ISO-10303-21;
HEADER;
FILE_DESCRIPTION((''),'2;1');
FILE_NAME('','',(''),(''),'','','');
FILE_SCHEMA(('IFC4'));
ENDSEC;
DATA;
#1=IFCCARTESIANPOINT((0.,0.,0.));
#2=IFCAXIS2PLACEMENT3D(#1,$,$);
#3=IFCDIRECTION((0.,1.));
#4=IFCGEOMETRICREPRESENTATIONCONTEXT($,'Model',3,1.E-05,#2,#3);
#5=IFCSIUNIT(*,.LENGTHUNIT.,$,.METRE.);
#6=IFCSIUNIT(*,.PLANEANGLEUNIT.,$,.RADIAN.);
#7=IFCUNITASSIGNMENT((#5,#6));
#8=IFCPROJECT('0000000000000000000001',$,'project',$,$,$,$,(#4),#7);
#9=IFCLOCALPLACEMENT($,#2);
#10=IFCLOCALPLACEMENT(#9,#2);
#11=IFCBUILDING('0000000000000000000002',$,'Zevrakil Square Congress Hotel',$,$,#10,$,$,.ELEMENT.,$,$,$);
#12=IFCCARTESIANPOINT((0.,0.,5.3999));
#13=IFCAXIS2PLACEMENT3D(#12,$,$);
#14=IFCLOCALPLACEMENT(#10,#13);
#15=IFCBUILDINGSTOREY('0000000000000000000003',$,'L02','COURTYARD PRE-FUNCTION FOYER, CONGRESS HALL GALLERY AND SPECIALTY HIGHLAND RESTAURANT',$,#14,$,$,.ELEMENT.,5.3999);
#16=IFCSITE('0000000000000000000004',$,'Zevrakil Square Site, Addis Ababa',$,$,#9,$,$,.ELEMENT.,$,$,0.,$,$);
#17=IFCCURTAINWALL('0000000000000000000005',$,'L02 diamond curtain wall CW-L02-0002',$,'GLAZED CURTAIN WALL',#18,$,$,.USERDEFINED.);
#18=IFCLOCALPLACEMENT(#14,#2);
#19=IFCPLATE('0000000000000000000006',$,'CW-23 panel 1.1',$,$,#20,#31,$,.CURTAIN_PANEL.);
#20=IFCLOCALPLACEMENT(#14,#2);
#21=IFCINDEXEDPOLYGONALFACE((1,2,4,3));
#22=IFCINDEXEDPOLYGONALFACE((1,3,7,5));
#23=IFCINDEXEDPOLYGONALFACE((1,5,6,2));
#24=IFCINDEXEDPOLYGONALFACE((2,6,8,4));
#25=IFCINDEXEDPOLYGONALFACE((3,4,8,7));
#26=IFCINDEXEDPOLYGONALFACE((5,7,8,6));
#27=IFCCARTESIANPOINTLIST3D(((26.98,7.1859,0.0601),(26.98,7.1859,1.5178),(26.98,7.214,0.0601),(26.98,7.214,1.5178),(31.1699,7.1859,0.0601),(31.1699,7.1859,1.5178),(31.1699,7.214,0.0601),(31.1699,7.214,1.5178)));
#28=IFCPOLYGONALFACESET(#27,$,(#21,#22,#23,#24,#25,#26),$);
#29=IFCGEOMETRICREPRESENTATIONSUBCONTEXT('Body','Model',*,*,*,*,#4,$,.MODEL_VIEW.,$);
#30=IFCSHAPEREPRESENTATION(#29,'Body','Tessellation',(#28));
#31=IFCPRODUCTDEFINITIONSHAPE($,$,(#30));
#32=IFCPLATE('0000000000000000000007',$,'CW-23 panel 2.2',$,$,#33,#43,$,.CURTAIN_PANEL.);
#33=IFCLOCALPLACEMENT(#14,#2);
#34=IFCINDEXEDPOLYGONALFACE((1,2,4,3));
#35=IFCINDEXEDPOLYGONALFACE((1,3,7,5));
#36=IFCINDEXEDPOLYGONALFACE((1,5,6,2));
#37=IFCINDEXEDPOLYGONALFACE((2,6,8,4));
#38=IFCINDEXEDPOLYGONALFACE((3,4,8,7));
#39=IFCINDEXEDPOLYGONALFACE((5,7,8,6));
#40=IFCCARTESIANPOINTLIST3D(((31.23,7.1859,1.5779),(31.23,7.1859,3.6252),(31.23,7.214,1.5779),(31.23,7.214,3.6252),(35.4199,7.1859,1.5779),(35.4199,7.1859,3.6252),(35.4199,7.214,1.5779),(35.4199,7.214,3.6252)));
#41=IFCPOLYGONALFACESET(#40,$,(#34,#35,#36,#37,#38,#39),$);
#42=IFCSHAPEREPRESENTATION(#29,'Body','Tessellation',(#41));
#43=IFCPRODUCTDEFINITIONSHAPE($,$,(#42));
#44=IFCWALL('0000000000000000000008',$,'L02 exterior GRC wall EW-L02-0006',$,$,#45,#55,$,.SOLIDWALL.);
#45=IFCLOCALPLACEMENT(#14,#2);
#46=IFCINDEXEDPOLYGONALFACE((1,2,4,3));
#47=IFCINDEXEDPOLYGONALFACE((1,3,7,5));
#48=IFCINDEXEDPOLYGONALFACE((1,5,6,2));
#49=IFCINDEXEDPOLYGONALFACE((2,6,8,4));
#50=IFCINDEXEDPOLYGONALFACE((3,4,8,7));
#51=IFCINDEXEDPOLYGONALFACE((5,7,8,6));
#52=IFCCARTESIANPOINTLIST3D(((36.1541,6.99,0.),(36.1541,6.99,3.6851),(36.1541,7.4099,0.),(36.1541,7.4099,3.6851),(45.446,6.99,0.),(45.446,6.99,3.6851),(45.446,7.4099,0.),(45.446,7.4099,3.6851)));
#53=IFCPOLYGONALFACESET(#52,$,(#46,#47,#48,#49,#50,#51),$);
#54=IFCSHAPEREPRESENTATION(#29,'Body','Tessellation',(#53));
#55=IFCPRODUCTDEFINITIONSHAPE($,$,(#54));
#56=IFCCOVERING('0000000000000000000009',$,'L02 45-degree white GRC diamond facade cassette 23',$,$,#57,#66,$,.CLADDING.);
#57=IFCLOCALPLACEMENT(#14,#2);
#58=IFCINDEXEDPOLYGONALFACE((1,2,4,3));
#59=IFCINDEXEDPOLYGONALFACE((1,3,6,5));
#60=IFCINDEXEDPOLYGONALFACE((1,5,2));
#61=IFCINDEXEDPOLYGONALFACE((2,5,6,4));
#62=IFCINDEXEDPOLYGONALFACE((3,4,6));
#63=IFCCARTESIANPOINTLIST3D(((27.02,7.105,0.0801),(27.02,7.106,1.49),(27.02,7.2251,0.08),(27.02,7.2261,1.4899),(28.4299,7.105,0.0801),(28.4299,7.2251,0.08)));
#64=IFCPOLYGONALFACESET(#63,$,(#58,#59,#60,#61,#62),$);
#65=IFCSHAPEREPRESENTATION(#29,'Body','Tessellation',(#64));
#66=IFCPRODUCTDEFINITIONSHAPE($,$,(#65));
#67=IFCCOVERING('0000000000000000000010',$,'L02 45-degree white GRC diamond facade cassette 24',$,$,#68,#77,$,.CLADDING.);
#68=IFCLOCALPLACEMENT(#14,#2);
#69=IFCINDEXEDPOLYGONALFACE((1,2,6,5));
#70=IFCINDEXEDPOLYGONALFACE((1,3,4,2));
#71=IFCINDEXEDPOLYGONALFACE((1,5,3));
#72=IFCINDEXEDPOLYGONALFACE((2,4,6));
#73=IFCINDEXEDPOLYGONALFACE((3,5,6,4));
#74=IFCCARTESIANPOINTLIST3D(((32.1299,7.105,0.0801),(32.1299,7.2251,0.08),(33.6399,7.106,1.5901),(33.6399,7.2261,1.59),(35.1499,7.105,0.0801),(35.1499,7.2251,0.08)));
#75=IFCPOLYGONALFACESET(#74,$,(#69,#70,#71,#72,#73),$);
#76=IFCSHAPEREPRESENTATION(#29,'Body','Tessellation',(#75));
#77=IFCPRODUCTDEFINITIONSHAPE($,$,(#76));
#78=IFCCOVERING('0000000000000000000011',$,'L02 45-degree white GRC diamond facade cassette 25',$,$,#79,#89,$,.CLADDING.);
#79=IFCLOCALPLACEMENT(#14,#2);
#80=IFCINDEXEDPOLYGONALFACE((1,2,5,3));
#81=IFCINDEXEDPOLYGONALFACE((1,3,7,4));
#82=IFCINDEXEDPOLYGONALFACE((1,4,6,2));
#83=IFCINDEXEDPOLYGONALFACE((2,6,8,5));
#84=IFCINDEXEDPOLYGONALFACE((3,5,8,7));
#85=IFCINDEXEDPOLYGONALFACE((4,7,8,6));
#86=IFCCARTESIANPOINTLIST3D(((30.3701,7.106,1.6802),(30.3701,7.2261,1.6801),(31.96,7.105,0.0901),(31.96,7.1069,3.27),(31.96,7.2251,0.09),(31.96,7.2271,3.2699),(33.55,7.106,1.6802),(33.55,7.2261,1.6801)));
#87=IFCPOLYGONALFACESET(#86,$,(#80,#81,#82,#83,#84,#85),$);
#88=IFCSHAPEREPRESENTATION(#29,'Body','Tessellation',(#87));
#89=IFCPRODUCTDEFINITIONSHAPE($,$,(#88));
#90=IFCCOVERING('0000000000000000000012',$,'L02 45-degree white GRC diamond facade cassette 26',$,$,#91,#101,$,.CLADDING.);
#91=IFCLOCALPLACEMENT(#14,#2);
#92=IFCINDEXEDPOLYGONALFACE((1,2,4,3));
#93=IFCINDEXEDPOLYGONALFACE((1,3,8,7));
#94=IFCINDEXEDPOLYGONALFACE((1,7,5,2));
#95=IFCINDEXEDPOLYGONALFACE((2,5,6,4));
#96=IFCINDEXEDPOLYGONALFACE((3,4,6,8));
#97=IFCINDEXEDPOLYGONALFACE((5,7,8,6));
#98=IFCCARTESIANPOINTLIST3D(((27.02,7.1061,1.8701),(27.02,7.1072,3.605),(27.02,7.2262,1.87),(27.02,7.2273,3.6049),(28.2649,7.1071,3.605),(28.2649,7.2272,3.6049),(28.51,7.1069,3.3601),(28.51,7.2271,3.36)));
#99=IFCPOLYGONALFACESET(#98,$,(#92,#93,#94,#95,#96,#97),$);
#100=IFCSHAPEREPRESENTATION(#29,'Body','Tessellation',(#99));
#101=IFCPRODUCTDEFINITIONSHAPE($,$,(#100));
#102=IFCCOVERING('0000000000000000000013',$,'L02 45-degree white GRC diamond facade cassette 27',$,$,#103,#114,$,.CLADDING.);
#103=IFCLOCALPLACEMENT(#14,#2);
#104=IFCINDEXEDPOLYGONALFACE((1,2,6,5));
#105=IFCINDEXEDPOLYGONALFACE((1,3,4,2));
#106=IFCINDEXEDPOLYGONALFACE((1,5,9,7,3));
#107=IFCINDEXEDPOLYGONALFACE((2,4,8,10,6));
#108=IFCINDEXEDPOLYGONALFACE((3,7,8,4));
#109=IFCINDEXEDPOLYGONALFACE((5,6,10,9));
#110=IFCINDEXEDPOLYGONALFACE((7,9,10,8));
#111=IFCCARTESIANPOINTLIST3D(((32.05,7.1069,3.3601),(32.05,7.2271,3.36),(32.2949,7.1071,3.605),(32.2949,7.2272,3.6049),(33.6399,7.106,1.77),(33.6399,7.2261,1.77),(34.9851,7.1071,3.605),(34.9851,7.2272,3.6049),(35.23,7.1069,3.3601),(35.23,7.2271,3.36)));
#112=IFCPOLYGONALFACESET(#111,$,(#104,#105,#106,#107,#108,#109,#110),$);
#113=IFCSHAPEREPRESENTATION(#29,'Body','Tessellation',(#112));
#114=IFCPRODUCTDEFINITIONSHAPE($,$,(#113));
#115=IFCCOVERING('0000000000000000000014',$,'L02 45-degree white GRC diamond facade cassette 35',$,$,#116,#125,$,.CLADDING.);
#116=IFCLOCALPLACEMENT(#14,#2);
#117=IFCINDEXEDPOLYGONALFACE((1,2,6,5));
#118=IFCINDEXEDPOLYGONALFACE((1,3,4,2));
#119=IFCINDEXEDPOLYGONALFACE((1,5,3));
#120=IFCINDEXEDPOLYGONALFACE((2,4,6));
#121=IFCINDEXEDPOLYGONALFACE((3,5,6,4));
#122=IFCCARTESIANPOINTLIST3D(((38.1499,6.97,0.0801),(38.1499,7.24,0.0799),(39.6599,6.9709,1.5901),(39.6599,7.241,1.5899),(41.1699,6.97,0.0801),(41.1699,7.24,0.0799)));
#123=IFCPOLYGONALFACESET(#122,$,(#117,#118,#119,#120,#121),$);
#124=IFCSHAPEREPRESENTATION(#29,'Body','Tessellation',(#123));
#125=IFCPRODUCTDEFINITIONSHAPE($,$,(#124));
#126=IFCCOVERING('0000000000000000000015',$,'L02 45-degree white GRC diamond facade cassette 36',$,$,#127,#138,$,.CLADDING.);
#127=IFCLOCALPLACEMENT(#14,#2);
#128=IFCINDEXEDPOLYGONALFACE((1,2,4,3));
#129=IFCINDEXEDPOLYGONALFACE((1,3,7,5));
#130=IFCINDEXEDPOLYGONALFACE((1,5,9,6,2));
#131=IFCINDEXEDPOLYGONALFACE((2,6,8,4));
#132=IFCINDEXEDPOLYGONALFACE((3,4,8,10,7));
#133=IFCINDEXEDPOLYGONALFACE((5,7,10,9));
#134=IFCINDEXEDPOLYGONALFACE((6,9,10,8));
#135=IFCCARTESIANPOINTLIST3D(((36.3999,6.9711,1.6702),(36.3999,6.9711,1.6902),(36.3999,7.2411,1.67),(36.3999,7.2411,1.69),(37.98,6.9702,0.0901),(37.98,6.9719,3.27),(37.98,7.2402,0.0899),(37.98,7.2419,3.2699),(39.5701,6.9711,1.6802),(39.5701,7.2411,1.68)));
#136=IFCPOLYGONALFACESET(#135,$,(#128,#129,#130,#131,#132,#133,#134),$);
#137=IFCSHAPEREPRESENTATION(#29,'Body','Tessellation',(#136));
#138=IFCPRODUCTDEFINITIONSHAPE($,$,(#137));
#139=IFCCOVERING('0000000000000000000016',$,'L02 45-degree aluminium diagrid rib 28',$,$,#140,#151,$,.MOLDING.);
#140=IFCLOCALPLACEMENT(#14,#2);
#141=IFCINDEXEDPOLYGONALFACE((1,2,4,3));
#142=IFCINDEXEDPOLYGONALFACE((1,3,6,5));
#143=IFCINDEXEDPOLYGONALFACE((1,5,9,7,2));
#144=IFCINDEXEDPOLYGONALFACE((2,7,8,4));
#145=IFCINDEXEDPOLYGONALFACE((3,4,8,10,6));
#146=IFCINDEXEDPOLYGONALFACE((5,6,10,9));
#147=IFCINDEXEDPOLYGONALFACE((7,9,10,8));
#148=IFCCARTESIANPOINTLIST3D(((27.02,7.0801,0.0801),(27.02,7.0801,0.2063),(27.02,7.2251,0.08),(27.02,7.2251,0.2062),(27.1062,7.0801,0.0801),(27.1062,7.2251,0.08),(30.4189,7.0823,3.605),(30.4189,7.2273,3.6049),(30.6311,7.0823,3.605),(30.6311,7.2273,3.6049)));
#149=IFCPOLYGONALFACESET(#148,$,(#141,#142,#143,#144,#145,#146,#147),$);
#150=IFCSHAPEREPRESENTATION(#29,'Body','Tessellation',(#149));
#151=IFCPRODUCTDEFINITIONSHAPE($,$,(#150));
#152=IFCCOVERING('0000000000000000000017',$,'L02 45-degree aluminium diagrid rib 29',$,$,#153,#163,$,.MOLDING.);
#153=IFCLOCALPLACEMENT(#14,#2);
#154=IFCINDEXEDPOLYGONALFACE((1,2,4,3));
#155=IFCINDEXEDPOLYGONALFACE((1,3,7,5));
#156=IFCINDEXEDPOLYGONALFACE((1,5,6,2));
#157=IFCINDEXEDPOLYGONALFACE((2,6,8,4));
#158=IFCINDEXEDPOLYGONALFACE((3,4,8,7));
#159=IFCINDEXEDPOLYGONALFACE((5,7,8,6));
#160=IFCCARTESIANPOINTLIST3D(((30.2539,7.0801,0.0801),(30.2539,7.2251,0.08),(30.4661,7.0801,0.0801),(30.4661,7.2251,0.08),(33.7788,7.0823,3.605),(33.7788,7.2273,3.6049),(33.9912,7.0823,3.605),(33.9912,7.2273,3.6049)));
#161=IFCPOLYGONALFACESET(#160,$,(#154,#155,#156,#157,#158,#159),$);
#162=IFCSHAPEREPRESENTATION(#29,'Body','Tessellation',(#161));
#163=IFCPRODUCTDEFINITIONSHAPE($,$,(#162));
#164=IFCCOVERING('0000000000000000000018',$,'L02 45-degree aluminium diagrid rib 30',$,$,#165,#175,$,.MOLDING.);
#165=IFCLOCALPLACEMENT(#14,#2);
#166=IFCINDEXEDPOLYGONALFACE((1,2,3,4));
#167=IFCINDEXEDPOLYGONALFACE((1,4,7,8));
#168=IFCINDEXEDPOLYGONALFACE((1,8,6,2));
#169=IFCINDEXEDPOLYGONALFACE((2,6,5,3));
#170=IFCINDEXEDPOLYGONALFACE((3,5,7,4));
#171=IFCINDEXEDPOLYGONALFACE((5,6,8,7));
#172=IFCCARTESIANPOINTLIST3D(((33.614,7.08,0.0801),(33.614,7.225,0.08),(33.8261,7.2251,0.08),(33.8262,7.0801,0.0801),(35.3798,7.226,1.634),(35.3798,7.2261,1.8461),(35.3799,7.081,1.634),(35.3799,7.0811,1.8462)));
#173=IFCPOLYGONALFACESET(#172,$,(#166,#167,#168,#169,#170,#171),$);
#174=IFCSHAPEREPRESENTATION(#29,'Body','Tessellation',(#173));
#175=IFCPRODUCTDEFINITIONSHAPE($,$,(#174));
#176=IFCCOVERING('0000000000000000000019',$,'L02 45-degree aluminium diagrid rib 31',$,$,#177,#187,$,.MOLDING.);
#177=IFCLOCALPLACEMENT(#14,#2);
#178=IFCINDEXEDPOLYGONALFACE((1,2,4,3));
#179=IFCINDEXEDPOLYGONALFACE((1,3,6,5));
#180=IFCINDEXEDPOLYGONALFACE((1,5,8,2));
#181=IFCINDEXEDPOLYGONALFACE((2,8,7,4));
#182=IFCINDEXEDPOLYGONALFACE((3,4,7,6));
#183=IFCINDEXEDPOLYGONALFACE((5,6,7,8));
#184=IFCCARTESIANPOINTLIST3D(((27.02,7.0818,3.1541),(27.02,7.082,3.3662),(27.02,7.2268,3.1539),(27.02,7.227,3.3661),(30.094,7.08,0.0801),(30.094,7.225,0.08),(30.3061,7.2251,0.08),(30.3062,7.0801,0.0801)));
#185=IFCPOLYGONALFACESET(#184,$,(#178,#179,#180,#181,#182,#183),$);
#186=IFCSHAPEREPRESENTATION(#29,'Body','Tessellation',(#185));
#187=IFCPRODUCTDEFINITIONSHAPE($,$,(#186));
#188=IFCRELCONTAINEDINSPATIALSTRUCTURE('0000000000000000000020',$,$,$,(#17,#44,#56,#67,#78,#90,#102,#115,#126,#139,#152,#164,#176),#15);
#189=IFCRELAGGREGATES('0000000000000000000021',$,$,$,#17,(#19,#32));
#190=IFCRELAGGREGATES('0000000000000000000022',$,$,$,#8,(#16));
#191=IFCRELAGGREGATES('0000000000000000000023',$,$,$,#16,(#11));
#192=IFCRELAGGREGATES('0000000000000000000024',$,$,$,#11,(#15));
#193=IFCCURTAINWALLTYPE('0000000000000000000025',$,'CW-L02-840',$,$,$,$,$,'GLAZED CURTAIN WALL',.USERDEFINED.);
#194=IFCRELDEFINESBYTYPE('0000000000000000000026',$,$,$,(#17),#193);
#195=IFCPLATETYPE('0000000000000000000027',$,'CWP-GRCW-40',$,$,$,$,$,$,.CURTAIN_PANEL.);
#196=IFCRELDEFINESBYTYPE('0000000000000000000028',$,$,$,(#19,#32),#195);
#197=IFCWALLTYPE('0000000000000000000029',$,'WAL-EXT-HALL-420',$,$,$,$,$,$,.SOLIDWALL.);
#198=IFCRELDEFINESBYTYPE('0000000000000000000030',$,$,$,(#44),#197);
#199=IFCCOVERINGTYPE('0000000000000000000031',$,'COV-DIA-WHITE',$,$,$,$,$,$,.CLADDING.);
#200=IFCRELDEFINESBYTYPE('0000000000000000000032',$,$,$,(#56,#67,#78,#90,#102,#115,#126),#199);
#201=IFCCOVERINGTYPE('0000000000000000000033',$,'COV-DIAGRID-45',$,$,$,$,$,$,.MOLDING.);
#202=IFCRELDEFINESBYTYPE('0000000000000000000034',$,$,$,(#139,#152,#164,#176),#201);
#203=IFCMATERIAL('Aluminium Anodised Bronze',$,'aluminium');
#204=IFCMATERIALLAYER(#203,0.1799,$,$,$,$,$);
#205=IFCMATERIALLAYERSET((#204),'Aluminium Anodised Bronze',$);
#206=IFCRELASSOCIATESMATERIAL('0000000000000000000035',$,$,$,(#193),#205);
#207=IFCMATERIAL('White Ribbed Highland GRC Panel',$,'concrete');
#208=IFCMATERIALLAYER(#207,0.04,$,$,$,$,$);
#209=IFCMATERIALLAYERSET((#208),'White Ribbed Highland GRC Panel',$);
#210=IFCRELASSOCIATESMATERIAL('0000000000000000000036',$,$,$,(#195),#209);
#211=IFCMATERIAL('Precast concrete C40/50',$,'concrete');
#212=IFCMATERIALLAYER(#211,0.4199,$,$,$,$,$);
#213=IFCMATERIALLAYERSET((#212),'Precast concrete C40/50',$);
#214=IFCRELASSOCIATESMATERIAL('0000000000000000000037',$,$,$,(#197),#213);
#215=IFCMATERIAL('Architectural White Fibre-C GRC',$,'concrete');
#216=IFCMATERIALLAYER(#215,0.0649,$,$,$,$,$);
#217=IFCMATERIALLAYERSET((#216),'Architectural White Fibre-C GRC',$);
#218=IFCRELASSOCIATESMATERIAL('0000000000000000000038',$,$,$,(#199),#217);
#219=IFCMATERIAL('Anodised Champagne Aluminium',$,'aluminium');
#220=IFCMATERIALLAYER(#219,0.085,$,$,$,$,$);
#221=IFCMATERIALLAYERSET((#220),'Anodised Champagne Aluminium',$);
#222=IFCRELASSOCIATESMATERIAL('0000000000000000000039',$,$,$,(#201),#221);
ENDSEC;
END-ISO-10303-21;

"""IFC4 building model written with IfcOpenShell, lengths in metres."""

from ifc_helpers import new_model, si_unit, direction, frame, frame_2d, origin, origin_2d, place, context, subcontext, project, spatial, polyline, rectangle, outline, extrude, material, layer, layer_set, type_object, element, aggregate, save


model = new_model("IFC4")

# Units and contexts
model_context = context("Model", 3, precision=1e-05, world=origin(), true_north=direction((0.0, 1.0)))
body_context = subcontext(model_context, "Body", "Model", "MODEL_VIEW")
ifc_project = project(units=[si_unit("LENGTHUNIT", "METRE"), si_unit("PLANEANGLEUNIT", "RADIAN")], contexts=[model_context])

# Site, building, storey
site_placement = place(None, origin())
site = spatial("IfcSite", under=ifc_project, at=site_placement, Name="Zevrakil Square Site, Addis Ababa", CompositionType="ELEMENT", RefElevation=0.0)
building_placement = place(site_placement, origin())
building = spatial("IfcBuilding", under=site, at=building_placement, Name="Zevrakil Square Congress Hotel", CompositionType="ELEMENT")
storey_placement = place(building_placement, frame((0.0, 0.0, 5.3999)))
storey = spatial("IfcBuildingStorey", under=building, at=storey_placement, Name="L02", Description="COURTYARD PRE-FUNCTION FOYER, CONGRESS HALL GALLERY AND SPECIALTY HIGHLAND RESTAURANT", CompositionType="ELEMENT", Elevation=5.3999)

# Curtain wall
ifc_material_1 = material(Name="Aluminium Anodised Bronze", Category="aluminium")
ifc_layer_1 = layer(ifc_material_1, 0.1799)
ifc_layer_set_1 = layer_set([ifc_layer_1], Name="Aluminium Anodised Bronze")
curtain_wall_type = type_object("IfcCurtainWallType", Name="CW-L02-840", ElementType="GLAZED CURTAIN WALL", PredefinedType="USERDEFINED", material=ifc_layer_set_1)
curtain_wall_placement = place(storey_placement, origin())
curtain_wall = element("IfcCurtainWall", 1, at=curtain_wall_placement, inside=storey, type_object=curtain_wall_type, Name="L02 diamond curtain wall CW-L02-0002", ObjectType="GLAZED CURTAIN WALL", PredefinedType="USERDEFINED")

# Plates
ifc_material_2 = material(Name="White Ribbed Highland GRC Panel", Category="concrete")
ifc_layer_2 = layer(ifc_material_2, 0.04)
ifc_layer_set_2 = layer_set([ifc_layer_2], Name="White Ribbed Highland GRC Panel")
plate_type_1 = type_object("IfcPlateType", Name="CWP-GRCW-40", PredefinedType="CURTAIN_PANEL", material=ifc_layer_set_2)
plate_1_placement = place(storey_placement, frame((29.075, 7.2, 0.0601), z_axis=(0.0, 0.0, 1.0), x_axis=(1.0, 0.0, 0.0)))
plate_1 = element("IfcPlate", 2, at=plate_1_placement, type_object=plate_type_1, Name="CW-23 panel 1.1", PredefinedType="CURTAIN_PANEL", context=body_context, shape_type="SweptSolid", body=[
    extrude(rectangle(XDim=4.1899, YDim=0.0281, at=origin_2d()), origin(), (0.0, 0.0, 1.0), 1.4578),
])
plate_2_placement = place(storey_placement, frame((33.325, 7.2, 1.5779), z_axis=(0.0, 0.0, 1.0), x_axis=(1.0, 0.0, 0.0)))
plate_2 = element("IfcPlate", 3, at=plate_2_placement, type_object=plate_type_1, Name="CW-23 panel 2.2", PredefinedType="CURTAIN_PANEL", context=body_context, shape_type="SweptSolid", body=[
    extrude(rectangle(XDim=4.1899, YDim=0.0281, at=origin_2d()), origin(), (0.0, 0.0, 1.0), 2.0474),
])
aggregate(curtain_wall, [plate_1, plate_2])

# Wall
ifc_material_3 = material(Name="Precast concrete C40/50", Category="concrete")
ifc_layer_3 = layer(ifc_material_3, 0.4199)
ifc_layer_set_3 = layer_set([ifc_layer_3], Name="Precast concrete C40/50")
wall_type = type_object("IfcWallType", Name="WAL-EXT-HALL-420", PredefinedType="SOLIDWALL", material=ifc_layer_set_3)
wall_placement = place(storey_placement, frame((36.1541, 7.2, 0.0), z_axis=(0.0, 0.0, 1.0), x_axis=(1.0, 0.0, 0.0)))
element("IfcWall", 4, at=wall_placement, inside=storey, type_object=wall_type, Name="L02 exterior GRC wall EW-L02-0006", PredefinedType="SOLIDWALL", context=body_context, shape_type="SweptSolid", body=[
    extrude(rectangle(XDim=9.292, YDim=0.4199, at=frame_2d((4.646, 0.0))), origin(), (0.0, 0.0, 1.0), 3.6851),
])

# Coverings
ifc_material_4 = material(Name="Architectural White Fibre-C GRC", Category="concrete")
ifc_layer_4 = layer(ifc_material_4, 0.0649)
ifc_layer_set_4 = layer_set([ifc_layer_4], Name="Architectural White Fibre-C GRC")
covering_type_1 = type_object("IfcCoveringType", Name="COV-DIA-WHITE", PredefinedType="CLADDING", material=ifc_layer_set_4)
covering_1_placement = place(storey_placement, frame((28.4299, 7.105, 0.0801), z_axis=(0.0, -1.0, 0.000693), x_axis=(-1.0, 0.0, 0.0)))
element("IfcCovering", 5, at=covering_1_placement, inside=storey, type_object=covering_type_1, Name="L02 45-degree white GRC diamond facade cassette 23", PredefinedType="CLADDING", context=body_context, shape_type="SweptSolid", body=[
    extrude(outline(polyline([(0.0, 0.0), (1.4099, 0.0), (1.4099, -1.4099), (0.0, 0.0)])), origin(), (0.0, 0.0, -1.0), 0.1201),
])
covering_2_placement = place(storey_placement, frame((33.6399, 7.106, 1.5901), z_axis=(0.0, -1.0, 0.000647), x_axis=(0.707107, -0.000457, -0.707107)))
element("IfcCovering", 6, at=covering_2_placement, inside=storey, type_object=covering_type_1, Name="L02 45-degree white GRC diamond facade cassette 24", PredefinedType="CLADDING", context=body_context, shape_type="SweptSolid", body=[
    extrude(outline(polyline([(0.0, 0.0), (2.1355, 0.0), (0.0, -2.1355), (0.0, 0.0)])), origin(), (0.0, 0.0, -1.0), 0.1201),
])
covering_3_placement = place(storey_placement, frame((31.96, 7.1069, 3.27), z_axis=(0.0, -1.0, 0.000614), x_axis=(0.707161, -0.000434, -0.707052)))
element("IfcCovering", 7, at=covering_3_placement, inside=storey, type_object=covering_type_1, Name="L02 45-degree white GRC diamond facade cassette 25", PredefinedType="CLADDING", context=body_context, shape_type="SweptSolid", body=[
    extrude(outline(polyline([(0.0, 0.0), (2.2486, 0.0), (2.2484, -2.2487), (-0.0002, -2.2484), (0.0, 0.0)])), origin(), (0.0, 0.0, -1.0), 0.1201),
])
covering_4_placement = place(storey_placement, frame((28.51, 7.1069, 3.3601), z_axis=(-0.000064, -1.0, 0.000609), x_axis=(-0.707107, -0.000385, -0.707107)))
element("IfcCovering", 8, at=covering_4_placement, inside=storey, type_object=covering_type_1, Name="L02 45-degree white GRC diamond facade cassette 26", PredefinedType="CLADDING", context=body_context, shape_type="SweptSolid", body=[
    extrude(outline(polyline([(0.0, 0.0), (2.1072, 0.0), (0.8804, -1.2267), (0.0002, -0.3465), (0.0, 0.0)])), origin(), (0.0, 0.0, -1.0), 0.1201),
])
covering_5_placement = place(storey_placement, frame((35.23, 7.1069, 3.3601), z_axis=(0.0, -1.0, 0.000579), x_axis=(-0.707107, -0.00041, -0.707107)))
element("IfcCovering", 9, at=covering_5_placement, inside=storey, type_object=covering_type_1, Name="L02 45-degree white GRC diamond facade cassette 27", PredefinedType="CLADDING", context=body_context, shape_type="SweptSolid", body=[
    extrude(outline(polyline([(0.0, 0.0), (2.2487, 0.0), (2.2486, -2.2486), (1.9022, -2.2486), (0.0, -0.3463), (0.0, 0.0)])), origin(), (0.0, 0.0, -1.0), 0.1201),
])
covering_6_placement = place(storey_placement, frame((39.6599, 6.9709, 1.5901), z_axis=(0.0, -1.0, 0.000647), x_axis=(0.707107, -0.000457, -0.707107)))
element("IfcCovering", 10, at=covering_6_placement, inside=storey, type_object=covering_type_1, Name="L02 45-degree white GRC diamond facade cassette 35", PredefinedType="CLADDING", context=body_context, shape_type="SweptSolid", body=[
    extrude(outline(polyline([(0.0, 0.0), (2.1355, 0.0), (0.0, -2.1355), (0.0, 0.0)])), origin(), (0.0, 0.0, -1.0), 0.27),
])
covering_7_placement = place(storey_placement, frame((37.98, 6.9719, 3.27), z_axis=(0.0, -1.0, 0.000536), x_axis=(0.707161, -0.000379, -0.707052)))
element("IfcCovering", 11, at=covering_7_placement, inside=storey, type_object=covering_type_1, Name="L02 45-degree white GRC diamond facade cassette 36", PredefinedType="CLADDING", context=body_context, shape_type="SweptSolid", body=[
    extrude(outline(polyline([(0.0, 0.0), (2.2486, 0.0), (2.2484, -2.2487), (0.0138, -2.2486), (-0.0003, -2.2344), (0.0, 0.0)])), origin(), (0.0, 0.0, -1.0), 0.27),
])
ifc_material_5 = material(Name="Anodised Champagne Aluminium", Category="aluminium")
ifc_layer_5 = layer(ifc_material_5, 0.085)
ifc_layer_set_5 = layer_set([ifc_layer_5], Name="Anodised Champagne Aluminium")
covering_type_2 = type_object("IfcCoveringType", Name="COV-DIAGRID-45", PredefinedType="MOLDING", material=ifc_layer_set_5)
covering_8_placement = place(storey_placement, frame((27.1062, 7.0801, 0.0801), z_axis=(0.000187, -1.0, 0.000443), x_axis=(-1.0, -0.000187, 0.0)))
element("IfcCovering", 12, at=covering_8_placement, inside=storey, type_object=covering_type_2, Name="L02 45-degree aluminium diagrid rib 28", PredefinedType="MOLDING", context=body_context, shape_type="SweptSolid", body=[
    extrude(outline(polyline([(0.0, 0.0), (0.0862, 0.0), (0.0862, -0.1262), (-3.3127, -3.5249), (-3.5249, -3.5249), (0.0, 0.0)])), origin(), (0.0, 0.0, -1.0), 0.145),
])
covering_9_placement = place(storey_placement, frame((30.4661, 7.0801, 0.0801), z_axis=(0.0, -1.0, 0.000623), x_axis=(-1.0, 0.0, 0.0)))
element("IfcCovering", 13, at=covering_9_placement, inside=storey, type_object=covering_type_2, Name="L02 45-degree aluminium diagrid rib 29", PredefinedType="MOLDING", context=body_context, shape_type="SweptSolid", body=[
    extrude(outline(polyline([(0.0, 0.0), (0.2122, 0.0), (-3.3127, -3.5249), (-3.5251, -3.5249), (0.0, 0.0)])), origin(), (0.0, 0.0, -1.0), 0.145),
])
covering_10_placement = place(storey_placement, frame((33.8262, 7.0801, 0.0801), z_axis=(0.000294, -1.0, 0.000294), x_axis=(-1.0, -0.000294, 0.0)))
element("IfcCovering", 14, at=covering_10_placement, inside=storey, type_object=covering_type_2, Name="L02 45-degree aluminium diagrid rib 30", PredefinedType="MOLDING", context=body_context, shape_type="SweptSolid", body=[
    extrude(outline(polyline([(0.0, 0.0), (0.2122, 0.0), (-1.5537, -1.7661), (-1.5537, -1.554), (0.0, 0.0)])), origin(), (0.0, 0.0, -1.0), 0.145),
])
covering_11_placement = place(storey_placement, frame((27.02, 7.0818, 3.1541), z_axis=(0.000287, -1.0, 0.000863), x_axis=(0.0, 0.000863, 1.0)))
element("IfcCovering", 15, at=covering_11_placement, inside=storey, type_object=covering_type_2, Name="L02 45-degree aluminium diagrid rib 31", PredefinedType="MOLDING", context=body_context, shape_type="SweptSolid", body=[
    extrude(outline(polyline([(0.0, 0.0), (0.2122, 0.0), (-3.074, -3.2861), (-3.074, -3.074), (0.0, 0.0)])), origin(), (0.0, 0.0, -1.0), 0.145),
])

save(model, "model.ifc")
